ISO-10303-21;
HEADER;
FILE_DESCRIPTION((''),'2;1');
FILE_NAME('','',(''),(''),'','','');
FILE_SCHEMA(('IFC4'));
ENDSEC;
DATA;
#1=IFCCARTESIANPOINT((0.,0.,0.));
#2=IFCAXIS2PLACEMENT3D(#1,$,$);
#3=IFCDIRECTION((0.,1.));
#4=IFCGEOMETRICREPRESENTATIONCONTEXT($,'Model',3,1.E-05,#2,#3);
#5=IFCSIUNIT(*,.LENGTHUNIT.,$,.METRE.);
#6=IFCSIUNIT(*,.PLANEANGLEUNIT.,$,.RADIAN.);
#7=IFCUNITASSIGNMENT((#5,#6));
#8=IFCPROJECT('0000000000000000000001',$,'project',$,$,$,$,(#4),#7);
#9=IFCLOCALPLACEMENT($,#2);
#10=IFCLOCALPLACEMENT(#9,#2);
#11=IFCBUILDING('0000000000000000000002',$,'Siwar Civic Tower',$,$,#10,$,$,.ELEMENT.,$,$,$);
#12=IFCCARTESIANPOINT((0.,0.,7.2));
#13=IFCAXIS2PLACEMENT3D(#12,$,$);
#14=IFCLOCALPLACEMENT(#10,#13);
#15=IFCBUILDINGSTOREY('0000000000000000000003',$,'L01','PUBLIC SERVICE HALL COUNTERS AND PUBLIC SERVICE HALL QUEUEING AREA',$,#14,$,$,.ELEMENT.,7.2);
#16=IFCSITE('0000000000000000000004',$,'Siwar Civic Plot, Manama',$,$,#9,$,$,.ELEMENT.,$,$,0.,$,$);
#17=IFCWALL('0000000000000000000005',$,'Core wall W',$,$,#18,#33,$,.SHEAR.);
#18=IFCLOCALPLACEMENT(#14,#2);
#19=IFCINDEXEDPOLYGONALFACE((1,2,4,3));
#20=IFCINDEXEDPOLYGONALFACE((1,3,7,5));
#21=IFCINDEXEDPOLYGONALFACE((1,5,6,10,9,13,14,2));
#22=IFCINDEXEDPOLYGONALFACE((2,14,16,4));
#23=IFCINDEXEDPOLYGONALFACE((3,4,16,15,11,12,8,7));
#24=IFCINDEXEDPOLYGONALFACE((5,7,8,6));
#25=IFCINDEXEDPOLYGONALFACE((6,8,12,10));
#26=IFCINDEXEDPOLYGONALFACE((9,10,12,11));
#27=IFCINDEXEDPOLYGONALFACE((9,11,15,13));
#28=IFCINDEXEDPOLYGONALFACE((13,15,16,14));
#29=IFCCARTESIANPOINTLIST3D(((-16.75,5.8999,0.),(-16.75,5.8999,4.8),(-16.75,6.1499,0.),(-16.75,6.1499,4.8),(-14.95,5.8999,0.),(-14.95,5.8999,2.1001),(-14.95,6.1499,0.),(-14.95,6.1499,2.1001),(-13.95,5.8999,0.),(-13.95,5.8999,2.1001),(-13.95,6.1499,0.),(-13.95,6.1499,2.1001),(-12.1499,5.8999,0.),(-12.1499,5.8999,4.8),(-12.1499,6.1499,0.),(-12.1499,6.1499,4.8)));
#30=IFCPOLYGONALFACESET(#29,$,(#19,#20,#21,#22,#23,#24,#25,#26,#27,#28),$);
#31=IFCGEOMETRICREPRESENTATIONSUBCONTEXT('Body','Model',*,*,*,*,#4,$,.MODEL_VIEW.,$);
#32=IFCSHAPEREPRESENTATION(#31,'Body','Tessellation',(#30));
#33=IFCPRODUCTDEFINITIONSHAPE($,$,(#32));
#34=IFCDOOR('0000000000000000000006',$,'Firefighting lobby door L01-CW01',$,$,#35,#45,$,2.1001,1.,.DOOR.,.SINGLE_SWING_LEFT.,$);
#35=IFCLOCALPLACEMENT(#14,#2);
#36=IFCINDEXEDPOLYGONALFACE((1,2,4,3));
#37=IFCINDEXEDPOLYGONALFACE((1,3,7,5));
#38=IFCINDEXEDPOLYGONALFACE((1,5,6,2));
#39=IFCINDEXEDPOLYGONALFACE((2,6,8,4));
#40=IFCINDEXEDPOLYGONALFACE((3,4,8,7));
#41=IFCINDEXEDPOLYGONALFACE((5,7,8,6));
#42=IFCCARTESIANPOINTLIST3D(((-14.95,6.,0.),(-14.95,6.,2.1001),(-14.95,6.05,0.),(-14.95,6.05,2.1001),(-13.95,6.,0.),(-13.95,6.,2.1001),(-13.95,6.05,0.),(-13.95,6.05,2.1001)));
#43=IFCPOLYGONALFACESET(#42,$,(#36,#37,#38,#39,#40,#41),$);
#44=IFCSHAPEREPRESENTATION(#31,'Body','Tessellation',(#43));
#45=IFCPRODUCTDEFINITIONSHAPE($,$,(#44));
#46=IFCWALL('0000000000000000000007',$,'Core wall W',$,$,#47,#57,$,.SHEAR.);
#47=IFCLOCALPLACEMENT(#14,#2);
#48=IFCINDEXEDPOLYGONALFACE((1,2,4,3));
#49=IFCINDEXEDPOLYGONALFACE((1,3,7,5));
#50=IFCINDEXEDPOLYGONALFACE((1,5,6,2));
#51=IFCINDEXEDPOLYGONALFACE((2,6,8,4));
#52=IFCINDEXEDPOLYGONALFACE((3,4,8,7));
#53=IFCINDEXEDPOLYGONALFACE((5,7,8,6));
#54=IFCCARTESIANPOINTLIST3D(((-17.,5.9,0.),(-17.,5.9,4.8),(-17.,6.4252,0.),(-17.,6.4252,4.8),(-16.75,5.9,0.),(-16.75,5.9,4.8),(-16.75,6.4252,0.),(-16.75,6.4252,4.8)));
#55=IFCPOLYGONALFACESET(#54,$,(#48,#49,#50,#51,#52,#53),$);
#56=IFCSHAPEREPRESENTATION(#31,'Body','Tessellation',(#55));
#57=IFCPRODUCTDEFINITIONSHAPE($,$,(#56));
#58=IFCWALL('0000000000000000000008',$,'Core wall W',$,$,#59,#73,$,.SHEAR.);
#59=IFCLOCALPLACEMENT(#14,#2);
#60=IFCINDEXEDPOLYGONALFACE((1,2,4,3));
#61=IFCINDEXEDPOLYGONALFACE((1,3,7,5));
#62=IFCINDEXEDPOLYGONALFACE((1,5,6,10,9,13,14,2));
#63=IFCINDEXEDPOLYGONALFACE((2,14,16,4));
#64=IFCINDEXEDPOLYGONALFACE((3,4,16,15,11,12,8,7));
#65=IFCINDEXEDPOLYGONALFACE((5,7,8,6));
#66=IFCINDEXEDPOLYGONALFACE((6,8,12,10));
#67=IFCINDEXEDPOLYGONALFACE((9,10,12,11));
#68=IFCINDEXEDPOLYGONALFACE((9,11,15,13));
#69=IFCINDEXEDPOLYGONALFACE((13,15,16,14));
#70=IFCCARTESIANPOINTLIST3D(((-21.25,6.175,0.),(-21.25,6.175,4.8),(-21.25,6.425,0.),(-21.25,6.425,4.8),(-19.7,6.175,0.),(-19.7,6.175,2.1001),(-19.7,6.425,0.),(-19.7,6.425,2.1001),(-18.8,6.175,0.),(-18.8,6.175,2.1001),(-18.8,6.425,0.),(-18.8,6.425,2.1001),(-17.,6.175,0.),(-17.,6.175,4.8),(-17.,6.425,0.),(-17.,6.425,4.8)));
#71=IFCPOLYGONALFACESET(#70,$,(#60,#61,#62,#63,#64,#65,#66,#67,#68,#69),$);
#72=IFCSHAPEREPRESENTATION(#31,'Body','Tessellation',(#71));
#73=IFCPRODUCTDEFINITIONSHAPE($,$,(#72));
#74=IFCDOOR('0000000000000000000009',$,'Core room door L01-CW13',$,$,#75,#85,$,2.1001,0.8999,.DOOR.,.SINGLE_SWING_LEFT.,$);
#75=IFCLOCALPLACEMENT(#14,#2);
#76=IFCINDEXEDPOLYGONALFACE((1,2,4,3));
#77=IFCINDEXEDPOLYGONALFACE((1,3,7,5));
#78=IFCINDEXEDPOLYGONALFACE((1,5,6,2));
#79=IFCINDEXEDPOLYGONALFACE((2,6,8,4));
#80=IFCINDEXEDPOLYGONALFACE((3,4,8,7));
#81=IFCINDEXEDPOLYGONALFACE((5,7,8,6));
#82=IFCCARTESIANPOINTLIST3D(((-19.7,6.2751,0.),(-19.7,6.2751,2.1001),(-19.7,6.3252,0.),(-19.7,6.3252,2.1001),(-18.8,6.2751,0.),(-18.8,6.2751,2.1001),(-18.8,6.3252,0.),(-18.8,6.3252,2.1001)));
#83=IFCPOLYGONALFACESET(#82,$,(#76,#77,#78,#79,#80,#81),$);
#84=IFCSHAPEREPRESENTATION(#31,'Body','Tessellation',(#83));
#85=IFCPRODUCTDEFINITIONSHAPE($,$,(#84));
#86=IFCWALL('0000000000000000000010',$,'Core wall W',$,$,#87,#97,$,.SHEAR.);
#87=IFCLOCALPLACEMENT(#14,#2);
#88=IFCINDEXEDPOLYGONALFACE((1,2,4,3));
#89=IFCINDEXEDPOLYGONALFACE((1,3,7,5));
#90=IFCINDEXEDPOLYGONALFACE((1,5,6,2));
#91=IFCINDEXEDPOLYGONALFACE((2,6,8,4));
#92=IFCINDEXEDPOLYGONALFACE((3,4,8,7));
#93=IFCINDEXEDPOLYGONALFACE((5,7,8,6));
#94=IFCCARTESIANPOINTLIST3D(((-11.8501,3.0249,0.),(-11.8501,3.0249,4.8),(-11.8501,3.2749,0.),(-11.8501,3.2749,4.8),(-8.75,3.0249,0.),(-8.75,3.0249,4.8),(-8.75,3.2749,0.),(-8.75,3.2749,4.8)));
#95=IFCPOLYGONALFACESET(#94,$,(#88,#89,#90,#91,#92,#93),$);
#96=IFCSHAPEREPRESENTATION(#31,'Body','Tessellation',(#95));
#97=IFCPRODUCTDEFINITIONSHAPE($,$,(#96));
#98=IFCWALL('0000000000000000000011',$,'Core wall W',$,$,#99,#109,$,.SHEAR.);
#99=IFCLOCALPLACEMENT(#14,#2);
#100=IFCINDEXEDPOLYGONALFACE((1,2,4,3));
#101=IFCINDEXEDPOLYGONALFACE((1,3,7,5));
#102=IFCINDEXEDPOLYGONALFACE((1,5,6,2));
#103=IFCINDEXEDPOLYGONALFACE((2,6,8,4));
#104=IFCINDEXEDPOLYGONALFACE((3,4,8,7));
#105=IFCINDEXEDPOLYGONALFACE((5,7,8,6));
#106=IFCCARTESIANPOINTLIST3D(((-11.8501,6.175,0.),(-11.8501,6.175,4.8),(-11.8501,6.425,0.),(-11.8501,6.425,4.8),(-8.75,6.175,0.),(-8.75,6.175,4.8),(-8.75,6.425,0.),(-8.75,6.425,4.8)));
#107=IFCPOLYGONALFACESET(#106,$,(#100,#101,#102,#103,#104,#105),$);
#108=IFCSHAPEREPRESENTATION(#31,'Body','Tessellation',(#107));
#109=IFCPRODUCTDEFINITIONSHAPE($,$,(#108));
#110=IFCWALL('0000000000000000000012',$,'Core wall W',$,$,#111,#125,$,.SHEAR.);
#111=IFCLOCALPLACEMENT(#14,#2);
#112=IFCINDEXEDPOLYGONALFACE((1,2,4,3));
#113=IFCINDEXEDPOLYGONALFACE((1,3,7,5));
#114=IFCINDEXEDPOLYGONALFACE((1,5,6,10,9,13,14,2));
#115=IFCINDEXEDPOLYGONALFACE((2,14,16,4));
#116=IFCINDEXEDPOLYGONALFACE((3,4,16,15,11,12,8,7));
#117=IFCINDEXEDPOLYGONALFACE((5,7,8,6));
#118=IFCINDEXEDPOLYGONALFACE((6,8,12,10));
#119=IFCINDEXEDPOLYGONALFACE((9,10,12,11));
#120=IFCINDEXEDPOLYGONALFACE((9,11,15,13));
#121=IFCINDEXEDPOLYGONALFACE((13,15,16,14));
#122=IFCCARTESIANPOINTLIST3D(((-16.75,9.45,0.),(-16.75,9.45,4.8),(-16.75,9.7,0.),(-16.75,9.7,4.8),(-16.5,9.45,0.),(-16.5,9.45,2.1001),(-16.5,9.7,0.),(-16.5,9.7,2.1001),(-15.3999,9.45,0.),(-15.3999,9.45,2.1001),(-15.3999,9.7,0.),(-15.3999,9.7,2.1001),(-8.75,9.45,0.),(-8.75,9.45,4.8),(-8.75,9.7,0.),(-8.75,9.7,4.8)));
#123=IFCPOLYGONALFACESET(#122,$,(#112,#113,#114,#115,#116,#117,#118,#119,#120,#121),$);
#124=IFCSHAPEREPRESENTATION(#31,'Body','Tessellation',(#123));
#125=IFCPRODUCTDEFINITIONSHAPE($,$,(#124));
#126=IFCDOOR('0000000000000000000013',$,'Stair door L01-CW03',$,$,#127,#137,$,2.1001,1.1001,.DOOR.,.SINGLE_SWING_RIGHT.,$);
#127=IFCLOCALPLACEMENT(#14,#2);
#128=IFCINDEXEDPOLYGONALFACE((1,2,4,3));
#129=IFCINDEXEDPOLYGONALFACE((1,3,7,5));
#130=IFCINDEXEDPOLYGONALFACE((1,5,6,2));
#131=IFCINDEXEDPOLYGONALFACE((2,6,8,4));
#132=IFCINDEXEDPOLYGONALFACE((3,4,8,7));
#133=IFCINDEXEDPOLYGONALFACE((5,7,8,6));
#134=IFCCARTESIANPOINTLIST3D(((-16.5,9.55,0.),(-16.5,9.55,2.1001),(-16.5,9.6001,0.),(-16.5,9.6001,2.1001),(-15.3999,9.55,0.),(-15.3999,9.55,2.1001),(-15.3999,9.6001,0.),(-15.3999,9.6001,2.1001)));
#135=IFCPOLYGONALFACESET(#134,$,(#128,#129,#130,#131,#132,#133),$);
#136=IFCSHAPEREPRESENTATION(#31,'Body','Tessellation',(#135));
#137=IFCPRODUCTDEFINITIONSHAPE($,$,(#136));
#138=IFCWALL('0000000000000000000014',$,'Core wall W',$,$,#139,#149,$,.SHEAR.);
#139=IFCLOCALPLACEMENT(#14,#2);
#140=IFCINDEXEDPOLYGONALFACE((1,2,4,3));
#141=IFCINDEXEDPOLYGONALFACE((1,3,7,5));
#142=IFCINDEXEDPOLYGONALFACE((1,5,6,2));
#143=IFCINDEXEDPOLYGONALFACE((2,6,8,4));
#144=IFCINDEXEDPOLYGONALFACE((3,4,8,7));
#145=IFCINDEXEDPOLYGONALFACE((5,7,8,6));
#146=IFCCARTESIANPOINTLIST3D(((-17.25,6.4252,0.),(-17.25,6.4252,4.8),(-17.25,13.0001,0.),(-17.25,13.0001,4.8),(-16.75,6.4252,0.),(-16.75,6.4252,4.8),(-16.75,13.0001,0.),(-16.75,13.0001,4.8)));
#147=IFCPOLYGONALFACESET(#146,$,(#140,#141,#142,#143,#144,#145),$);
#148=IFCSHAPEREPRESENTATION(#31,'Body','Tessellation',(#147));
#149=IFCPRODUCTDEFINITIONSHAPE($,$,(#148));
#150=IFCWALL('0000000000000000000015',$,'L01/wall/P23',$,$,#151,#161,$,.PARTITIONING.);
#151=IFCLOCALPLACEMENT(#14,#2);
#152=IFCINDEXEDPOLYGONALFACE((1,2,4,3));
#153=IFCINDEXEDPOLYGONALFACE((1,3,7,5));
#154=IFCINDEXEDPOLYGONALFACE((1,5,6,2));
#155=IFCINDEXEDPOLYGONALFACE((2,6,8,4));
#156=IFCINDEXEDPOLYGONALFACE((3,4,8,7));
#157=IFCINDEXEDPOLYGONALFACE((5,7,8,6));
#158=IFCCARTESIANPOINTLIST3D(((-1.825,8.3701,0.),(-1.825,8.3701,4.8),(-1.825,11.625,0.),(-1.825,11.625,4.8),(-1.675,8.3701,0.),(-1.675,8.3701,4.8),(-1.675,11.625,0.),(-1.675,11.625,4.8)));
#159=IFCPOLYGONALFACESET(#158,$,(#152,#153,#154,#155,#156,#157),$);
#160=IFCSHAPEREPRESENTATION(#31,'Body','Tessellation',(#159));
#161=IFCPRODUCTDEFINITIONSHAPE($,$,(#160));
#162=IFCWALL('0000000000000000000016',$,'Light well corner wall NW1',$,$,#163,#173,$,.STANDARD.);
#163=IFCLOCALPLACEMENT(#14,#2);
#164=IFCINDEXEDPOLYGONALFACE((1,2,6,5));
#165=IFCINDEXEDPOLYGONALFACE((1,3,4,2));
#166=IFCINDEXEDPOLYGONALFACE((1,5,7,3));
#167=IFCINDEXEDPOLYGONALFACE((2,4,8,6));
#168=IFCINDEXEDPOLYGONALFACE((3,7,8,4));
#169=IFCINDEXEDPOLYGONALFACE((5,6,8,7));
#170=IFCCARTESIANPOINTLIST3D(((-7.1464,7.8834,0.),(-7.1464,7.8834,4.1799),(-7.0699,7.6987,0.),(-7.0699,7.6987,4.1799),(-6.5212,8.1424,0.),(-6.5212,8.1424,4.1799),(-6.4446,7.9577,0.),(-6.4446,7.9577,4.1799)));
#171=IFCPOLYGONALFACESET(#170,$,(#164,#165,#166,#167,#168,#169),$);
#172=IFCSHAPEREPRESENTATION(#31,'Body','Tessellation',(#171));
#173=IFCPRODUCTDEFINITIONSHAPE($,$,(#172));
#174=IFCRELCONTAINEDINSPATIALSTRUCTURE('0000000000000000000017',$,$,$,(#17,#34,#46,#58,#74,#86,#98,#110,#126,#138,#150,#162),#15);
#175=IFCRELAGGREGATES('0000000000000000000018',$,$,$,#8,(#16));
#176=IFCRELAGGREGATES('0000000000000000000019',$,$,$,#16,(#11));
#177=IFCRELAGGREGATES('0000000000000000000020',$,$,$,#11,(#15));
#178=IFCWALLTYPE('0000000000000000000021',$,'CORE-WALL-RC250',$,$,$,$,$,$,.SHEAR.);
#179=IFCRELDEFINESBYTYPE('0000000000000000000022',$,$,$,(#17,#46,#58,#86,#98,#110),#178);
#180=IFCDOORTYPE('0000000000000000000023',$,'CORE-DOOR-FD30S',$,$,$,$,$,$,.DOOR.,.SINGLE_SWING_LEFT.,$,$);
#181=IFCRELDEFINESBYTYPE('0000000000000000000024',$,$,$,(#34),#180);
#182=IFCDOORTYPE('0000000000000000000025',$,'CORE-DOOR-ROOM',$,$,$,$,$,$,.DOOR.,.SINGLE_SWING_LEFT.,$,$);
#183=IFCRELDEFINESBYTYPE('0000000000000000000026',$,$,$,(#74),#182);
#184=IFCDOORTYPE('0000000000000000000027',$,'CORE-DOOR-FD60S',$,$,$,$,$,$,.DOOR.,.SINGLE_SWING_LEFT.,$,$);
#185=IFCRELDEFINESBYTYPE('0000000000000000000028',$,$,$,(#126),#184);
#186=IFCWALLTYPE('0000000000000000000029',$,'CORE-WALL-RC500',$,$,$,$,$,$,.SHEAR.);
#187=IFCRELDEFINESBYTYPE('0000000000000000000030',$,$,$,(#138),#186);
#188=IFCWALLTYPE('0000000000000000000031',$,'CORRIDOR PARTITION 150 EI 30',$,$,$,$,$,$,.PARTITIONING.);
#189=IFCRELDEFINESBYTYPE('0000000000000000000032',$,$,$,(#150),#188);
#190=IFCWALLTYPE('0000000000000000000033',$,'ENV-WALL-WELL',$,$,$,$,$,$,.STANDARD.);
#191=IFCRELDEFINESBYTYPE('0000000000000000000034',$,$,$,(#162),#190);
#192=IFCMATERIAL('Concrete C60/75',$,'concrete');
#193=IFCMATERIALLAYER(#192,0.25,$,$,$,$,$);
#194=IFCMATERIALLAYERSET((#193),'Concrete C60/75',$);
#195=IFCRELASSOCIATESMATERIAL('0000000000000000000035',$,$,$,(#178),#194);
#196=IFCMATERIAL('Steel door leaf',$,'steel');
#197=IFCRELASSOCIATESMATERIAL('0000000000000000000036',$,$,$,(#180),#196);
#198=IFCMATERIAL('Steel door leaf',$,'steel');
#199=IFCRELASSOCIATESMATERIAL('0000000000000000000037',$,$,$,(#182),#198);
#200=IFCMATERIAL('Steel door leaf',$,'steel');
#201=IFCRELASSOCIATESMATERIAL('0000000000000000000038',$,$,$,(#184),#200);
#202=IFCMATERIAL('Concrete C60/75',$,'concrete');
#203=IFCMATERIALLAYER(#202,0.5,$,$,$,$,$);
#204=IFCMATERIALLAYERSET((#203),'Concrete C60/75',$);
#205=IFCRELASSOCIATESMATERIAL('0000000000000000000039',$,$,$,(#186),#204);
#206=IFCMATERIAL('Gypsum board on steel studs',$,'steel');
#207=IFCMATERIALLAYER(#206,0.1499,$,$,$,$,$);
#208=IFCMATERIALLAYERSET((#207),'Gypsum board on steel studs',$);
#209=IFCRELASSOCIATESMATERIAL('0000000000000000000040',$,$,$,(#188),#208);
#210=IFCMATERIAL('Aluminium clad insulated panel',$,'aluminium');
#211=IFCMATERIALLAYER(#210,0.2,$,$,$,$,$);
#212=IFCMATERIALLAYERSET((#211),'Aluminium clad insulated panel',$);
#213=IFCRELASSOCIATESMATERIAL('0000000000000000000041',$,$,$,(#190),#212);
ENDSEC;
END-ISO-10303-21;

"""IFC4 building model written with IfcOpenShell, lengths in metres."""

from ifc_helpers import new_model, si_unit, direction, frame, frame_2d, origin, place, context, subcontext, project, spatial, rectangle, extrude, material, layer, layer_set, type_object, element, fill, save


model = new_model("IFC4")

# Units and contexts
model_context = context("Model", 3, precision=1e-05, world=origin(), true_north=direction((0.0, 1.0)))
body_context = subcontext(model_context, "Body", "Model", "MODEL_VIEW")
ifc_project = project(units=[si_unit("LENGTHUNIT", "METRE"), si_unit("PLANEANGLEUNIT", "RADIAN")], contexts=[model_context])

# Site, building, storey
site_placement = place(None, origin())
site = spatial("IfcSite", under=ifc_project, at=site_placement, Name="Siwar Civic Plot, Manama", CompositionType="ELEMENT", RefElevation=0.0)
building_placement = place(site_placement, origin())
building = spatial("IfcBuilding", under=site, at=building_placement, Name="Siwar Civic Tower", CompositionType="ELEMENT")
storey_placement = place(building_placement, frame((0.0, 0.0, 7.2)))
storey = spatial("IfcBuildingStorey", under=building, at=storey_placement, Name="L01", Description="PUBLIC SERVICE HALL COUNTERS AND PUBLIC SERVICE HALL QUEUEING AREA", CompositionType="ELEMENT", Elevation=7.2)

# Wall, opening, door
ifc_material_1 = material(Name="Concrete C60/75", Category="concrete")
ifc_layer_1 = layer(ifc_material_1, 0.25)
ifc_layer_set_1 = layer_set([ifc_layer_1], Name="Concrete C60/75")
wall_type_1 = type_object("IfcWallType", Name="CORE-WALL-RC250", PredefinedType="SHEAR", material=ifc_layer_set_1)
wall_1_placement = place(storey_placement, frame((-12.1499, 6.0249, 0.0), z_axis=(0.0, 0.0, 1.0), x_axis=(-1.0, 0.0, 0.0)))
wall_1 = element("IfcWall", 1, at=wall_1_placement, inside=storey, type_object=wall_type_1, Name="Core wall W", PredefinedType="SHEAR", context=body_context, shape_type="SweptSolid", body=[
    extrude(rectangle(XDim=4.6001, YDim=0.25, at=frame_2d((2.3, 0.0))), origin(), (0.0, 0.0, 1.0), 4.8),
])
opening_1_placement = place(wall_1_placement, frame((1.8, 0.0, 0.0)))
opening_1 = element("IfcOpeningElement", 2, at=opening_1_placement, cuts=wall_1, PredefinedType="OPENING", context=body_context, shape_type="SweptSolid", body=[
    extrude(rectangle(XDim=1.0, YDim=2.1001, at=frame_2d((0.5, 1.05))), frame((0.0, 0.135, 0.0), z_axis=(0.0, -1.0, 0.0), x_axis=(1.0, 0.0, 0.0)), (0.0, 0.0, 1.0), 0.27),
])
ifc_material_2 = material(Name="Steel door leaf", Category="steel")
door_type_1 = type_object("IfcDoorType", Name="CORE-DOOR-FD30S", OperationType="SINGLE_SWING_LEFT", PredefinedType="DOOR", material=ifc_material_2)
door_1_placement = place(opening_1_placement, origin())
door_1 = element("IfcDoor", 3, at=door_1_placement, inside=storey, type_object=door_type_1, Name="Firefighting lobby door L01-CW01", OperationType="SINGLE_SWING_LEFT", OverallHeight=2.1001, OverallWidth=1.0, PredefinedType="DOOR", context=body_context, shape_type="SweptSolid", body=[
    extrude(rectangle(XDim=1.0, YDim=2.1001, at=frame_2d((0.5, 1.05))), frame((0.0, 0.0249, 0.0), z_axis=(0.0, -1.0, 0.0), x_axis=(1.0, 0.0, 0.0)), (0.0, 0.0, 1.0), 0.05),
])
fill(opening_1, door_1)

# Wall
wall_2_placement = place(storey_placement, frame((-16.875, 5.8999, 0.0), z_axis=(0.0, 0.0, 1.0), x_axis=(0.0, 1.0, 0.0)))
element("IfcWall", 4, at=wall_2_placement, inside=storey, type_object=wall_type_1, Name="Core wall W", PredefinedType="SHEAR", context=body_context, shape_type="SweptSolid", body=[
    extrude(rectangle(XDim=0.5251, YDim=0.25, at=frame_2d((0.2627, 0.0))), origin(), (0.0, 0.0, 1.0), 4.8),
])

# Wall, opening, door
wall_3_placement = place(storey_placement, frame((-17.0, 6.3, 0.0), z_axis=(0.0, 0.0, 1.0), x_axis=(-1.0, 0.0, 0.0)))
wall_3 = element("IfcWall", 5, at=wall_3_placement, inside=storey, type_object=wall_type_1, Name="Core wall W", PredefinedType="SHEAR", context=body_context, shape_type="SweptSolid", body=[
    extrude(rectangle(XDim=4.25, YDim=0.25, at=frame_2d((2.125, 0.0))), origin(), (0.0, 0.0, 1.0), 4.8),
])
opening_2_placement = place(wall_3_placement, frame((1.8, 0.0, 0.0)))
opening_2 = element("IfcOpeningElement", 6, at=opening_2_placement, cuts=wall_3, PredefinedType="OPENING", context=body_context, shape_type="SweptSolid", body=[
    extrude(rectangle(XDim=0.8999, YDim=2.1001, at=frame_2d((0.45, 1.05))), frame((0.0, 0.135, 0.0), z_axis=(0.0, -1.0, 0.0), x_axis=(1.0, 0.0, 0.0)), (0.0, 0.0, 1.0), 0.27),
])
ifc_material_3 = material(Name="Steel door leaf", Category="steel")
door_type_2 = type_object("IfcDoorType", Name="CORE-DOOR-ROOM", OperationType="SINGLE_SWING_LEFT", PredefinedType="DOOR", material=ifc_material_3)
door_2_placement = place(opening_2_placement, origin())
door_2 = element("IfcDoor", 7, at=door_2_placement, inside=storey, type_object=door_type_2, Name="Core room door L01-CW13", OperationType="SINGLE_SWING_LEFT", OverallHeight=2.1001, OverallWidth=0.8999, PredefinedType="DOOR", context=body_context, shape_type="SweptSolid", body=[
    extrude(rectangle(XDim=0.8999, YDim=2.1001, at=frame_2d((0.45, 1.05))), frame((0.0, 0.0249, 0.0), z_axis=(0.0, -1.0, 0.0), x_axis=(1.0, 0.0, 0.0)), (0.0, 0.0, 1.0), 0.05),
])
fill(opening_2, door_2)

# Walls
for number, where, z_axis, x_axis, name in (
    (8, (-8.75, 3.1499, 0.0), (0.0, 0.0, 1.0), (-1.0, 0.0, 0.0), "Core wall W"),
    (9, (-8.75, 6.3, 0.0), (0.0, 0.0, 1.0), (-1.0, 0.0, 0.0), "Core wall W"),
):
    element("IfcWall", number, at=place(storey_placement, frame(where, z_axis=z_axis, x_axis=x_axis)), inside=storey, type_object=wall_type_1, Name=name, PredefinedType="SHEAR", context=body_context, shape_type="SweptSolid", body=[
        extrude(rectangle(XDim=3.1001, YDim=0.25, at=frame_2d((1.55, 0.0))), origin(), (0.0, 0.0, 1.0), 4.8),
    ])

# Wall, opening, door
wall_4_placement = place(storey_placement, frame((-8.75, 9.575, 0.0), z_axis=(0.0, 0.0, 1.0), x_axis=(-1.0, 0.0, 0.0)))
wall_4 = element("IfcWall", 10, at=wall_4_placement, inside=storey, type_object=wall_type_1, Name="Core wall W", PredefinedType="SHEAR", context=body_context, shape_type="SweptSolid", body=[
    extrude(rectangle(XDim=8.0, YDim=0.25, at=frame_2d((4.0, 0.0))), origin(), (0.0, 0.0, 1.0), 4.8),
])
opening_3_placement = place(wall_4_placement, frame((6.6499, 0.0, 0.0)))
opening_3 = element("IfcOpeningElement", 11, at=opening_3_placement, cuts=wall_4, PredefinedType="OPENING", context=body_context, shape_type="SweptSolid", body=[
    extrude(rectangle(XDim=1.1001, YDim=2.1001, at=frame_2d((0.55, 1.05))), frame((0.0, 0.135, 0.0), z_axis=(0.0, -1.0, 0.0), x_axis=(1.0, 0.0, 0.0)), (0.0, 0.0, 1.0), 0.27),
])
ifc_material_4 = material(Name="Steel door leaf", Category="steel")
door_type_3 = type_object("IfcDoorType", Name="CORE-DOOR-FD60S", OperationType="SINGLE_SWING_LEFT", PredefinedType="DOOR", material=ifc_material_4)
door_3_placement = place(opening_3_placement, origin())
door_3 = element("IfcDoor", 12, at=door_3_placement, inside=storey, type_object=door_type_3, Name="Stair door L01-CW03", OperationType="SINGLE_SWING_RIGHT", OverallHeight=2.1001, OverallWidth=1.1001, PredefinedType="DOOR", context=body_context, shape_type="SweptSolid", body=[
    extrude(rectangle(XDim=1.1001, YDim=2.1001, at=frame_2d((0.55, 1.05))), frame((0.0, 0.0249, 0.0), z_axis=(0.0, -1.0, 0.0), x_axis=(1.0, 0.0, 0.0)), (0.0, 0.0, 1.0), 0.05),
])
fill(opening_3, door_3)

# Walls
ifc_material_5 = material(Name="Concrete C60/75", Category="concrete")
ifc_layer_2 = layer(ifc_material_5, 0.5)
ifc_layer_set_2 = layer_set([ifc_layer_2], Name="Concrete C60/75")
wall_type_2 = type_object("IfcWallType", Name="CORE-WALL-RC500", PredefinedType="SHEAR", material=ifc_layer_set_2)
wall_5_placement = place(storey_placement, frame((-17.0, 6.425, 0.0), z_axis=(0.0, 0.0, 1.0), x_axis=(0.0, 1.0, 0.0)))
element("IfcWall", 13, at=wall_5_placement, inside=storey, type_object=wall_type_2, Name="Core wall W", PredefinedType="SHEAR", context=body_context, shape_type="SweptSolid", body=[
    extrude(rectangle(XDim=6.575, YDim=0.5, at=frame_2d((3.2876, 0.0))), origin(), (0.0, 0.0, 1.0), 4.8),
])
ifc_material_6 = material(Name="Gypsum board on steel studs", Category="steel")
ifc_layer_3 = layer(ifc_material_6, 0.1499)
ifc_layer_set_3 = layer_set([ifc_layer_3], Name="Gypsum board on steel studs")
wall_type_3 = type_object("IfcWallType", Name="CORRIDOR PARTITION 150 EI 30", PredefinedType="PARTITIONING", material=ifc_layer_set_3)
wall_6_placement = place(storey_placement, frame((-1.75, 8.3701, 0.0), z_axis=(0.0, 0.0, 1.0), x_axis=(0.0, 1.0, 0.0)))
element("IfcWall", 14, at=wall_6_placement, inside=storey, type_object=wall_type_3, Name="L01/wall/P23", PredefinedType="PARTITIONING", context=body_context, shape_type="SweptSolid", body=[
    extrude(rectangle(XDim=3.2549, YDim=0.1499, at=frame_2d((1.6274, 0.0))), origin(), (0.0, 0.0, 1.0), 4.8),
])
ifc_material_7 = material(Name="Aluminium clad insulated panel", Category="aluminium")
ifc_layer_4 = layer(ifc_material_7, 0.2)
ifc_layer_set_4 = layer_set([ifc_layer_4], Name="Aluminium clad insulated panel")
wall_type_4 = type_object("IfcWallType", Name="ENV-WALL-WELL", PredefinedType="STANDARD", material=ifc_layer_set_4)
wall_7_placement = place(storey_placement, frame((-6.4829, 8.05, 0.0), z_axis=(0.0, 0.0, 1.0), x_axis=(-0.923854, -0.382745, 0.0)))
element("IfcWall", 15, at=wall_7_placement, inside=storey, type_object=wall_type_4, Name="Light well corner wall NW1", PredefinedType="STANDARD", context=body_context, shape_type="SweptSolid", body=[
    extrude(rectangle(XDim=0.6768, YDim=0.2, at=frame_2d((0.3384, 0.0))), origin(), (0.0, 0.0, 1.0), 4.1799),
])

save(model, "model.ifc")
